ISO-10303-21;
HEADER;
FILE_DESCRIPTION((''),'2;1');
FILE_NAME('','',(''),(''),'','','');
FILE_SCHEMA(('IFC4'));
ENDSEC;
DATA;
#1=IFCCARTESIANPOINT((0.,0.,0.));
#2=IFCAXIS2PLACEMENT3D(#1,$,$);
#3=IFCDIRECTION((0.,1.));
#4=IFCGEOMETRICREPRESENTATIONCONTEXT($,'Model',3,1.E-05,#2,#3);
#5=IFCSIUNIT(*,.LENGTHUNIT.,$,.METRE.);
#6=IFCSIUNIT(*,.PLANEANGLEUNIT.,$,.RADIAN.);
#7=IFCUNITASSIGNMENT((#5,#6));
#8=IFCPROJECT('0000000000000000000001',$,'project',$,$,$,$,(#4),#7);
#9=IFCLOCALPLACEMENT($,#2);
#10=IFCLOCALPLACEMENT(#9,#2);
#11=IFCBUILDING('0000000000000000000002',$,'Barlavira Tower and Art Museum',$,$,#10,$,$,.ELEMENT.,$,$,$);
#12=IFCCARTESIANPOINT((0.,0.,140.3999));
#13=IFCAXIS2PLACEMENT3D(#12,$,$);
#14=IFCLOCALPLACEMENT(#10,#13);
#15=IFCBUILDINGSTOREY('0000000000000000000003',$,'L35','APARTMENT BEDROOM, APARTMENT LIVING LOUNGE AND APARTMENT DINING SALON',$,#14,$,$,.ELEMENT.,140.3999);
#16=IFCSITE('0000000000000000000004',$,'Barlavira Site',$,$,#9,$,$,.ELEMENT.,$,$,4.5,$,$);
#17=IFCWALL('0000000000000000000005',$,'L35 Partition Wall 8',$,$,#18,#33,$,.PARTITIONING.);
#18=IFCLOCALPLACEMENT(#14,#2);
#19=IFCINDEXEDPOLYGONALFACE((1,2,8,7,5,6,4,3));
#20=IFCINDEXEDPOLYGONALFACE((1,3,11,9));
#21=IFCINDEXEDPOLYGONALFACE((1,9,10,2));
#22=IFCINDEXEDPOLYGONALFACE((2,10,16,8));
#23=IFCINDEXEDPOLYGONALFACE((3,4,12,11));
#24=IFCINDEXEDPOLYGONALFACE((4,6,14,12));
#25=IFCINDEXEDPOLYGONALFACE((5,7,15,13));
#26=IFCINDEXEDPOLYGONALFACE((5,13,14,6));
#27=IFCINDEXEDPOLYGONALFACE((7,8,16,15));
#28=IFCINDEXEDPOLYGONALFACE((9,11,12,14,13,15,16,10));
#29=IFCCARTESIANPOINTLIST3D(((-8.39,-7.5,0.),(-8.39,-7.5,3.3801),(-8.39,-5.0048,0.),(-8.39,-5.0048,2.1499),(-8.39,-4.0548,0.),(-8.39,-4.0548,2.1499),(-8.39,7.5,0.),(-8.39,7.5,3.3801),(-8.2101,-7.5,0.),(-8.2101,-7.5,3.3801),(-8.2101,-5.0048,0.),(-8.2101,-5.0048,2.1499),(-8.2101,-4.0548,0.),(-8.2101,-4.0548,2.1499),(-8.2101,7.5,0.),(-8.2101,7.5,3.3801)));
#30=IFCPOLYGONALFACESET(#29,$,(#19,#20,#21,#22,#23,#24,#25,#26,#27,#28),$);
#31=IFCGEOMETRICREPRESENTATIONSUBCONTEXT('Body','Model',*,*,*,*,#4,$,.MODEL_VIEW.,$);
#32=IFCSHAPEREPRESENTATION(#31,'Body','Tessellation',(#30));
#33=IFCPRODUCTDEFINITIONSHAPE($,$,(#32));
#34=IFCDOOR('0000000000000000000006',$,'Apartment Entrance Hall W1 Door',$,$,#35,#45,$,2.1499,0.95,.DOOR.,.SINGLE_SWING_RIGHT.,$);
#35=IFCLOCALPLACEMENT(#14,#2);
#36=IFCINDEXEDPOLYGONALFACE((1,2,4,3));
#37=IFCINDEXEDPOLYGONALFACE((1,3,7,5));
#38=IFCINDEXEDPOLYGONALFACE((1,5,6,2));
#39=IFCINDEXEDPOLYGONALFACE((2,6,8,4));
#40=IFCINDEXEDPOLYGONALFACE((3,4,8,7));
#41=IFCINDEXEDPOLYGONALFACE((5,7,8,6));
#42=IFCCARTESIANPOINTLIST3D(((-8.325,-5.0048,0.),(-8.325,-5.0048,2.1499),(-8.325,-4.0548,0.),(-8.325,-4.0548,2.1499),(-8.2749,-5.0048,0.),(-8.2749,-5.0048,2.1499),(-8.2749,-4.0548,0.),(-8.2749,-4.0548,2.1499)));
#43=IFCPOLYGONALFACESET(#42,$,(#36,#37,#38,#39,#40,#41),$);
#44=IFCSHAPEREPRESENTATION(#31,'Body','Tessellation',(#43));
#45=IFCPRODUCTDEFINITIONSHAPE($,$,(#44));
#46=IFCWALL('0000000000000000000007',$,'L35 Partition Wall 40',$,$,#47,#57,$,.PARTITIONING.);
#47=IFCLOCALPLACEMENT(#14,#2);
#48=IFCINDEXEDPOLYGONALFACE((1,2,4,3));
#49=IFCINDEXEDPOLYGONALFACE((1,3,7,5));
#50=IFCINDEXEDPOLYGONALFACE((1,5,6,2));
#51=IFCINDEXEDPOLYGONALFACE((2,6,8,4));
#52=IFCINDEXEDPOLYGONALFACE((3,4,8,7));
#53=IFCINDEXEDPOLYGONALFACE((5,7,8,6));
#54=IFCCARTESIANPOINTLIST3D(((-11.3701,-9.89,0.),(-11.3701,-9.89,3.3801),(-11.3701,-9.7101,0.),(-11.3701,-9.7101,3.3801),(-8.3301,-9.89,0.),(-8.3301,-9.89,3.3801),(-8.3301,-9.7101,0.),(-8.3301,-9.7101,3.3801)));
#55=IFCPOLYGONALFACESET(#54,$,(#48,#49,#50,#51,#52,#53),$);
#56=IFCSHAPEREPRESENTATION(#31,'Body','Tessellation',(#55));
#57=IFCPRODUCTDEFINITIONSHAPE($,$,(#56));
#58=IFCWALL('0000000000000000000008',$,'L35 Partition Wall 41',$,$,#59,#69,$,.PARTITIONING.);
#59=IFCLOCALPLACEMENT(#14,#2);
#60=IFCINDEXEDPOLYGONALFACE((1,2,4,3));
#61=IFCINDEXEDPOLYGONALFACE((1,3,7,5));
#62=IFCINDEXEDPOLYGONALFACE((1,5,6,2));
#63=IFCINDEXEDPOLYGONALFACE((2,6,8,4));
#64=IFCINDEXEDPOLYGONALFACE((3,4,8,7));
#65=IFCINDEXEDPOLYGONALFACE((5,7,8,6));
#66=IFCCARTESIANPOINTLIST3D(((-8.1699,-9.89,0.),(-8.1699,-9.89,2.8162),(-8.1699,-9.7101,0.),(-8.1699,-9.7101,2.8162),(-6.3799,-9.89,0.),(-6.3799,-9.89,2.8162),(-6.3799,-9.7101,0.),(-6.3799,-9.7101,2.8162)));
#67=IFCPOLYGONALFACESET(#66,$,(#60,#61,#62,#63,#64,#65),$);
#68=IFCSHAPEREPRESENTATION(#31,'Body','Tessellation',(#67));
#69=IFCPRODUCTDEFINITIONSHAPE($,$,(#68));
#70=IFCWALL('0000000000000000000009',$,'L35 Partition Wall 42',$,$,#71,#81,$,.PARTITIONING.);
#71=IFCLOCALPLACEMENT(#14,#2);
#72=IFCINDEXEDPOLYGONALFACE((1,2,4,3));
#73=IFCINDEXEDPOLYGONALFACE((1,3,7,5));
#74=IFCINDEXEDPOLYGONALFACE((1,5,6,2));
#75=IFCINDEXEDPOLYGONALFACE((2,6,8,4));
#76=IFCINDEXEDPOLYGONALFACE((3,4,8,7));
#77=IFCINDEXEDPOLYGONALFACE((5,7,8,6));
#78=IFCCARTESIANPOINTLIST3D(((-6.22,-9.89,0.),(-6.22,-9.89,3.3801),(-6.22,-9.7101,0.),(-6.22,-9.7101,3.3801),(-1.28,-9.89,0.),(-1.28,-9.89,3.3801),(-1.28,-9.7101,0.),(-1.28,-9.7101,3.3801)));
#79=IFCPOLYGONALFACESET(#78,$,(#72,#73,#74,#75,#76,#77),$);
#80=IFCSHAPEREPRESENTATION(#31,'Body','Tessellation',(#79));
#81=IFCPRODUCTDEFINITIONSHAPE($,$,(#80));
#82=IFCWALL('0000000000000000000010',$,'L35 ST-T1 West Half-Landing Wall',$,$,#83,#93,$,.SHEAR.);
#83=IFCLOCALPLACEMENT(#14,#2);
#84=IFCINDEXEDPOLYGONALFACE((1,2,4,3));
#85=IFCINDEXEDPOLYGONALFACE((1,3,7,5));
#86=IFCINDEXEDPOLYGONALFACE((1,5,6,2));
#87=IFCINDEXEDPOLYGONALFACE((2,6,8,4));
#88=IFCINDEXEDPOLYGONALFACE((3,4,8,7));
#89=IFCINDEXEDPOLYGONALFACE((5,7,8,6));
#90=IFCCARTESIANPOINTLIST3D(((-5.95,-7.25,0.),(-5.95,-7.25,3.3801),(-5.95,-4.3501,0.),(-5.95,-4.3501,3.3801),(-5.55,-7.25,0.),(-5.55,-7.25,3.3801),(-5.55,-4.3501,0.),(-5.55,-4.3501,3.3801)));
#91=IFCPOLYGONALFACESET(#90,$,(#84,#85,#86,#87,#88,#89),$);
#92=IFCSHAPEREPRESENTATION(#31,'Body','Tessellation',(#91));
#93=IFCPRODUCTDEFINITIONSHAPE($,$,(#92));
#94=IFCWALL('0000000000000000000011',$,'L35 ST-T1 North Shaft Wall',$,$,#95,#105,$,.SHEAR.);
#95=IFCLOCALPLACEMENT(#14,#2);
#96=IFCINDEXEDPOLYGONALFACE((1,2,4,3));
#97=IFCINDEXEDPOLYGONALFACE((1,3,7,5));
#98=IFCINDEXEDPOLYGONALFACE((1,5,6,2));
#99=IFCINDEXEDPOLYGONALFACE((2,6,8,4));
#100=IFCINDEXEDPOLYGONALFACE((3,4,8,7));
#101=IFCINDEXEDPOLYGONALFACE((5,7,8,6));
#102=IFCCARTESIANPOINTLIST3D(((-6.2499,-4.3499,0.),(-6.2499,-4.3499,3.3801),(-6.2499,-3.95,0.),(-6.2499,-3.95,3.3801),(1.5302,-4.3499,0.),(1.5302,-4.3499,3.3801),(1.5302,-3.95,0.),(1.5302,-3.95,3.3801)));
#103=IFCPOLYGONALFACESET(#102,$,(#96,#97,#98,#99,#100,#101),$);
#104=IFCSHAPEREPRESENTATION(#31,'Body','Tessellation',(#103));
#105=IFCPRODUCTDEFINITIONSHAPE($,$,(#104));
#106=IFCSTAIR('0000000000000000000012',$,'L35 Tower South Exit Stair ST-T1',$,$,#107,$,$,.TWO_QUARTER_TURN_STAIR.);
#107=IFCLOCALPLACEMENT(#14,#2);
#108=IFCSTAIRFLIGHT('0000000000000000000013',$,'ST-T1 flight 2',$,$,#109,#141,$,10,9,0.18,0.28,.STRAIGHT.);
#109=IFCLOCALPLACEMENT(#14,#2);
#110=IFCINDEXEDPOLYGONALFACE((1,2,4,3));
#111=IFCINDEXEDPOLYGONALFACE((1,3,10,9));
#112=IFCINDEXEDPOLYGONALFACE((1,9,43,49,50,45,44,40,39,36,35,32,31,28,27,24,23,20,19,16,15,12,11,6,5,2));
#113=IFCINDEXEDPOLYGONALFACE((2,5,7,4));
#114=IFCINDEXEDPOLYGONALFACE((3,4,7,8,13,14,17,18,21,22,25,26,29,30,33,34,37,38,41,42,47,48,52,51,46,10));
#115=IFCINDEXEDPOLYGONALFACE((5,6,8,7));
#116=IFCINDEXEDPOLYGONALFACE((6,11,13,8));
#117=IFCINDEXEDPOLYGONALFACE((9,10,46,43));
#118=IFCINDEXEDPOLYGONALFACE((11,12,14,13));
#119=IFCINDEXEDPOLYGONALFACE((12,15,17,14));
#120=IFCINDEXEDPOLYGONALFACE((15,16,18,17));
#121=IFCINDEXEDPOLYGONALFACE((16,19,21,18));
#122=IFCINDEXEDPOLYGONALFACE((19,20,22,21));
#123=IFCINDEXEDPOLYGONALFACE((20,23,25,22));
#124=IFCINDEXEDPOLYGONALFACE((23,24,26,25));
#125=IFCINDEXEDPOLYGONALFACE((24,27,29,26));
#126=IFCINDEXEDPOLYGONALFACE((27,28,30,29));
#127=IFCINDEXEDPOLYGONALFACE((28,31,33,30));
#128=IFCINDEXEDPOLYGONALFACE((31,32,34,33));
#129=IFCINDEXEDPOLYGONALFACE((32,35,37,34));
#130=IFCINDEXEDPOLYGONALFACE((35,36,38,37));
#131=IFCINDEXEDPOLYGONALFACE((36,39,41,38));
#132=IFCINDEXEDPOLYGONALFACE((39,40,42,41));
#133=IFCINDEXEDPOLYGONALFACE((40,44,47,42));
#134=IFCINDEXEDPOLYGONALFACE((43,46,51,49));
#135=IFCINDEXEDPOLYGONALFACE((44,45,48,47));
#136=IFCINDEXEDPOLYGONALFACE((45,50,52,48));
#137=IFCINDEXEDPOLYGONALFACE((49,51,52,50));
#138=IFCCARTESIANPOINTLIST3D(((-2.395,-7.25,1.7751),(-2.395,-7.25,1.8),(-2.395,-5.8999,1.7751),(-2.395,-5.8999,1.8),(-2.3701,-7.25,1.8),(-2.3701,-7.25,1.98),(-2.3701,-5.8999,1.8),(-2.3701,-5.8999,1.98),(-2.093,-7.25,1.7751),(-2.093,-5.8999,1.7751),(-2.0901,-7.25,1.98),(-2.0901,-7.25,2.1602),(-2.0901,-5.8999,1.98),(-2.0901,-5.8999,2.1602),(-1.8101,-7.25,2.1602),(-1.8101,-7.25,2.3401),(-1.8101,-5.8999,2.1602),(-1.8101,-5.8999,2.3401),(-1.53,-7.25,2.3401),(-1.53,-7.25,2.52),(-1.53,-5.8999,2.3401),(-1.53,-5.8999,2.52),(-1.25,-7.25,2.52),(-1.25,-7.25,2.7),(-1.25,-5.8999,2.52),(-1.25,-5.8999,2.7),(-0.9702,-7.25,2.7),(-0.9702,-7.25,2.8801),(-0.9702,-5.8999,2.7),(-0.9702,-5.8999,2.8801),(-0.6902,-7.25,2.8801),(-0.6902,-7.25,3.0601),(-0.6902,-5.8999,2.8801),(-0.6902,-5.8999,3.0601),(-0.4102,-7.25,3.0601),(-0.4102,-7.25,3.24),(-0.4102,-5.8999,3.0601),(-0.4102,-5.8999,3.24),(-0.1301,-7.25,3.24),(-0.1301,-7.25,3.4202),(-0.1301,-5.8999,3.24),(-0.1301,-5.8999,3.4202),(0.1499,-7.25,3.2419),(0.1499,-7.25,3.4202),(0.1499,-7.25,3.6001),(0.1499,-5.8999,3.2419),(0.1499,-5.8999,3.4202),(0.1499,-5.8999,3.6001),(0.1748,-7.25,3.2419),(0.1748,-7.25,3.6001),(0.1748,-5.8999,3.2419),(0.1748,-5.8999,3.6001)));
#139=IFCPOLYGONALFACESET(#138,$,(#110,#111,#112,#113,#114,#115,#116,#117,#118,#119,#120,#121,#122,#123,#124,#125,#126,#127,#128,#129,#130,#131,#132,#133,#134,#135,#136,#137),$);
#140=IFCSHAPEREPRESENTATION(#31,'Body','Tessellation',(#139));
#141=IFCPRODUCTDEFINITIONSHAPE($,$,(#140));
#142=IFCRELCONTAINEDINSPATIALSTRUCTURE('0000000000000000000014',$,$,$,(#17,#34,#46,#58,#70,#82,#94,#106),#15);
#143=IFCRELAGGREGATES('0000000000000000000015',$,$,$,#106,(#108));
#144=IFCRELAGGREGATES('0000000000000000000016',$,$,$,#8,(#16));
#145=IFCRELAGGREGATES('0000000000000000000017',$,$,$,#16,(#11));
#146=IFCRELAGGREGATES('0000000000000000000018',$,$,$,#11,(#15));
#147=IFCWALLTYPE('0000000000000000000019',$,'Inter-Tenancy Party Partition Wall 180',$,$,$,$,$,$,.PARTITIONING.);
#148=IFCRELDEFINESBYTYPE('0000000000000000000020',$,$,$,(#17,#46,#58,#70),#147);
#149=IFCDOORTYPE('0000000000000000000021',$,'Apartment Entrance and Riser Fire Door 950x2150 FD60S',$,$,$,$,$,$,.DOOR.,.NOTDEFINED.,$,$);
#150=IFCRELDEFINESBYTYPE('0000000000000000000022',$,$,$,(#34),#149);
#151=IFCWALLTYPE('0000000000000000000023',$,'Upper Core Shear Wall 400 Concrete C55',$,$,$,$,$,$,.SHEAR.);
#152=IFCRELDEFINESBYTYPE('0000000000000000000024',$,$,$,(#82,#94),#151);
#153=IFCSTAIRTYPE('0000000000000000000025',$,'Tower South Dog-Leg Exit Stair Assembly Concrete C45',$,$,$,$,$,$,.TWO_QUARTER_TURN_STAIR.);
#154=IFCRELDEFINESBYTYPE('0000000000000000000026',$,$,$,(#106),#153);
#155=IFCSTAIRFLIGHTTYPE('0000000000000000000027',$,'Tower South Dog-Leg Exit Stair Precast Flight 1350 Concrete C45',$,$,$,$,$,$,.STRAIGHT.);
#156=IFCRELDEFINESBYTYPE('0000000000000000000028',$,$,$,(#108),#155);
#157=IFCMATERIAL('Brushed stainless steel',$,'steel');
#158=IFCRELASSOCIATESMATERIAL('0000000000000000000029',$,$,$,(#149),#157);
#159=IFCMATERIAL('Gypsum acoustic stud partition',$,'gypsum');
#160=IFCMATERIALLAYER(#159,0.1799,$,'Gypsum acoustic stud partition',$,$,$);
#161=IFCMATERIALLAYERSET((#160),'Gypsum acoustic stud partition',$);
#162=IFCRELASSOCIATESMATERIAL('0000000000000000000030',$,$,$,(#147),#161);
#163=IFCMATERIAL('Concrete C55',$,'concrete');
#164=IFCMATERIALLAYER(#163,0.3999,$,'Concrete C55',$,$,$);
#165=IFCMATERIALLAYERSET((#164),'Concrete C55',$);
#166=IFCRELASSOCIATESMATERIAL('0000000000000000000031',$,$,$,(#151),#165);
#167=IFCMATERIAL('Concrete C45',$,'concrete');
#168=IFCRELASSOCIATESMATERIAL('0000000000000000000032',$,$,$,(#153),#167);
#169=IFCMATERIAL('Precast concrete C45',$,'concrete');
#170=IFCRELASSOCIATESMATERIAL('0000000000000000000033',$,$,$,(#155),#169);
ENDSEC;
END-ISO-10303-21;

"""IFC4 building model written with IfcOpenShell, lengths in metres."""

from ifc_helpers import new_model, si_unit, direction, frame, frame_2d, origin, place, context, subcontext, project, spatial, polyline, rectangle, outline, extrude, material, layer, layer_set, type_object, element, fill, aggregate, save


model = new_model("IFC4")

# Units and contexts
model_context = context("Model", 3, precision=1e-05, world=origin(), true_north=direction((0.0, 1.0)))
body_context = subcontext(model_context, "Body", "Model", "MODEL_VIEW")
ifc_project = project(units=[si_unit("LENGTHUNIT", "METRE"), si_unit("PLANEANGLEUNIT", "RADIAN")], contexts=[model_context])

# Site, building, storey
site_placement = place(None, origin())
site = spatial("IfcSite", under=ifc_project, at=site_placement, Name="Barlavira Site", CompositionType="ELEMENT", RefElevation=4.5)
building_placement = place(site_placement, origin())
building = spatial("IfcBuilding", under=site, at=building_placement, Name="Barlavira Tower and Art Museum", CompositionType="ELEMENT")
storey_placement = place(building_placement, frame((0.0, 0.0, 140.3999)))
storey = spatial("IfcBuildingStorey", under=building, at=storey_placement, Name="L35", Description="APARTMENT BEDROOM, APARTMENT LIVING LOUNGE AND APARTMENT DINING SALON", CompositionType="ELEMENT", Elevation=140.3999)

# Shared definitions
ifc_material_1 = material(Name="Brushed stainless steel", Category="steel")
door_type = type_object("IfcDoorType", Name="Apartment Entrance and Riser Fire Door 950x2150 FD60S", OperationType="NOTDEFINED", PredefinedType="DOOR", material=ifc_material_1)

# Wall, opening, door
ifc_material_2 = material(Name="Gypsum acoustic stud partition", Category="gypsum")
ifc_layer_1 = layer(ifc_material_2, 0.1799, Name="Gypsum acoustic stud partition")
ifc_layer_set_1 = layer_set([ifc_layer_1], Name="Gypsum acoustic stud partition")
wall_type_1 = type_object("IfcWallType", Name="Inter-Tenancy Party Partition Wall 180", PredefinedType="PARTITIONING", material=ifc_layer_set_1)
wall_1_placement = place(storey_placement, frame((-8.3, -7.5, 0.0), z_axis=(0.0, 0.0, 1.0), x_axis=(0.0, 1.0, 0.0)))
wall_1 = element("IfcWall", 1, at=wall_1_placement, inside=storey, type_object=wall_type_1, Name="L35 Partition Wall 8", PredefinedType="PARTITIONING", context=body_context, shape_type="SweptSolid", body=[
    extrude(rectangle(XDim=15.0, YDim=0.1799, at=frame_2d((7.5, 0.0))), origin(), (0.0, 0.0, 1.0), 3.3801),
])
opening_1_placement = place(wall_1_placement, frame((2.4951, 0.0, 0.0)))
opening_1 = element("IfcOpeningElement", 2, at=opening_1_placement, cuts=wall_1, PredefinedType="OPENING", context=body_context, shape_type="SweptSolid", body=[
    extrude(rectangle(XDim=0.95, YDim=2.1499, at=frame_2d((0.4751, 1.075))), frame((0.0, 0.1001, 0.0), z_axis=(0.0, -1.0, 0.0), x_axis=(1.0, 0.0, 0.0)), (0.0, 0.0, 1.0), 0.2),
])
door_1_placement = place(opening_1_placement, origin())
door_1 = element("IfcDoor", 3, at=door_1_placement, inside=storey, type_object=door_type, Name="Apartment Entrance Hall W1 Door", OperationType="SINGLE_SWING_RIGHT", OverallHeight=2.1499, OverallWidth=0.95, PredefinedType="DOOR", context=body_context, shape_type="SweptSolid", body=[
    extrude(rectangle(XDim=0.95, YDim=2.1499, at=frame_2d((0.4751, 1.075))), frame((0.0, 0.0249, 0.0), z_axis=(0.0, -1.0, 0.0), x_axis=(1.0, 0.0, 0.0)), (0.0, 0.0, 1.0), 0.05),
])
fill(opening_1, door_1)

# Walls
wall_2_placement = place(storey_placement, frame((-11.3701, -9.8, 0.0), z_axis=(0.0, 0.0, 1.0), x_axis=(1.0, 0.0, 0.0)))
element("IfcWall", 4, at=wall_2_placement, inside=storey, type_object=wall_type_1, Name="L35 Partition Wall 40", PredefinedType="PARTITIONING", context=body_context, shape_type="SweptSolid", body=[
    extrude(rectangle(XDim=3.04, YDim=0.1799, at=frame_2d((1.52, 0.0))), origin(), (0.0, 0.0, 1.0), 3.3801),
])
wall_3_placement = place(storey_placement, frame((-8.1699, -9.8, 0.0), z_axis=(0.0, 0.0, 1.0), x_axis=(1.0, 0.0, 0.0)))
element("IfcWall", 5, at=wall_3_placement, inside=storey, type_object=wall_type_1, Name="L35 Partition Wall 41", PredefinedType="PARTITIONING", context=body_context, shape_type="SweptSolid", body=[
    extrude(rectangle(XDim=1.79, YDim=0.1799, at=frame_2d((0.895, 0.0))), origin(), (0.0, 0.0, 1.0), 2.8162),
])
wall_4_placement = place(storey_placement, frame((-6.22, -9.8, 0.0), z_axis=(0.0, 0.0, 1.0), x_axis=(1.0, 0.0, 0.0)))
element("IfcWall", 6, at=wall_4_placement, inside=storey, type_object=wall_type_1, Name="L35 Partition Wall 42", PredefinedType="PARTITIONING", context=body_context, shape_type="SweptSolid", body=[
    extrude(rectangle(XDim=4.9399, YDim=0.1799, at=frame_2d((2.47, 0.0))), origin(), (0.0, 0.0, 1.0), 3.3801),
])
ifc_material_3 = material(Name="Concrete C55", Category="concrete")
ifc_layer_2 = layer(ifc_material_3, 0.3999, Name="Concrete C55")
ifc_layer_set_2 = layer_set([ifc_layer_2], Name="Concrete C55")
wall_type_2 = type_object("IfcWallType", Name="Upper Core Shear Wall 400 Concrete C55", PredefinedType="SHEAR", material=ifc_layer_set_2)
wall_5_placement = place(storey_placement, frame((-5.75, -7.25, 0.0), z_axis=(0.0, 0.0, 1.0), x_axis=(0.0, 1.0, 0.0)))
element("IfcWall", 7, at=wall_5_placement, inside=storey, type_object=wall_type_2, Name="L35 ST-T1 West Half-Landing Wall", PredefinedType="SHEAR", context=body_context, shape_type="SweptSolid", body=[
    extrude(rectangle(XDim=2.8999, YDim=0.3999, at=frame_2d((1.45, 0.0))), origin(), (0.0, 0.0, 1.0), 3.3801),
])
wall_6_placement = place(storey_placement, frame((-6.25, -4.1499, 0.0), z_axis=(0.0, 0.0, 1.0), x_axis=(1.0, 0.0, 0.0)))
element("IfcWall", 8, at=wall_6_placement, inside=storey, type_object=wall_type_2, Name="L35 ST-T1 North Shaft Wall", PredefinedType="SHEAR", context=body_context, shape_type="SweptSolid", body=[
    extrude(rectangle(XDim=7.78, YDim=0.3999, at=frame_2d((3.8901, 0.0))), origin(), (0.0, 0.0, 1.0), 3.3801),
])

# Stair, stair flight
ifc_material_4 = material(Name="Concrete C45", Category="concrete")
stair_type = type_object("IfcStairType", Name="Tower South Dog-Leg Exit Stair Assembly Concrete C45", PredefinedType="TWO_QUARTER_TURN_STAIR", material=ifc_material_4)
stair_placement = place(storey_placement, origin())
stair = element("IfcStair", 9, at=stair_placement, inside=storey, type_object=stair_type, Name="L35 Tower South Exit Stair ST-T1", PredefinedType="TWO_QUARTER_TURN_STAIR")
ifc_material_5 = material(Name="Precast concrete C45", Category="concrete")
stair_flight_type = type_object("IfcStairFlightType", Name="Tower South Dog-Leg Exit Stair Precast Flight 1350 Concrete C45", PredefinedType="STRAIGHT", material=ifc_material_5)
stair_flight_placement = place(storey_placement, frame((-2.3701, -6.575, 1.8), z_axis=(0.0, 0.0, 1.0), x_axis=(1.0, 0.0, 0.0)))
stair_flight = element("IfcStairFlight", 10, at=stair_flight_placement, type_object=stair_flight_type, Name="ST-T1 flight 2", NumberOfRisers=10, NumberOfTreads=9, PredefinedType="STRAIGHT", RiserHeight=0.18, TreadLength=0.28, context=body_context, shape_type="SweptSolid", body=[
    extrude(outline(polyline([(-0.0249, 0.0), (0.0, 0.0), (0.0, 0.1799), (0.28, 0.1799), (0.28, 0.3601), (0.5601, 0.3601), (0.5601, 0.54), (0.8401, 0.54), (0.8401, 0.72), (1.1201, 0.72), (1.1201, 0.8999), (1.3999, 0.8999), (1.3999, 1.0801), (1.6799, 1.0801), (1.6799, 1.26), (1.96, 1.26), (1.96, 1.4399), (2.24, 1.4399), (2.24, 1.6201), (2.52, 1.6201), (2.52, 1.8), (2.5449, 1.8), (2.5449, 1.4419), (2.52, 1.4419), (0.2771, -0.0249), (-0.0249, -0.0249), (-0.0249, 0.0)])), frame((0.0, 0.675, 0.0), z_axis=(0.0, -1.0, 0.0), x_axis=(1.0, 0.0, 0.0)), (0.0, 0.0, 1.0), 1.3501),
])
aggregate(stair, [stair_flight])

save(model, "model.ifc")
